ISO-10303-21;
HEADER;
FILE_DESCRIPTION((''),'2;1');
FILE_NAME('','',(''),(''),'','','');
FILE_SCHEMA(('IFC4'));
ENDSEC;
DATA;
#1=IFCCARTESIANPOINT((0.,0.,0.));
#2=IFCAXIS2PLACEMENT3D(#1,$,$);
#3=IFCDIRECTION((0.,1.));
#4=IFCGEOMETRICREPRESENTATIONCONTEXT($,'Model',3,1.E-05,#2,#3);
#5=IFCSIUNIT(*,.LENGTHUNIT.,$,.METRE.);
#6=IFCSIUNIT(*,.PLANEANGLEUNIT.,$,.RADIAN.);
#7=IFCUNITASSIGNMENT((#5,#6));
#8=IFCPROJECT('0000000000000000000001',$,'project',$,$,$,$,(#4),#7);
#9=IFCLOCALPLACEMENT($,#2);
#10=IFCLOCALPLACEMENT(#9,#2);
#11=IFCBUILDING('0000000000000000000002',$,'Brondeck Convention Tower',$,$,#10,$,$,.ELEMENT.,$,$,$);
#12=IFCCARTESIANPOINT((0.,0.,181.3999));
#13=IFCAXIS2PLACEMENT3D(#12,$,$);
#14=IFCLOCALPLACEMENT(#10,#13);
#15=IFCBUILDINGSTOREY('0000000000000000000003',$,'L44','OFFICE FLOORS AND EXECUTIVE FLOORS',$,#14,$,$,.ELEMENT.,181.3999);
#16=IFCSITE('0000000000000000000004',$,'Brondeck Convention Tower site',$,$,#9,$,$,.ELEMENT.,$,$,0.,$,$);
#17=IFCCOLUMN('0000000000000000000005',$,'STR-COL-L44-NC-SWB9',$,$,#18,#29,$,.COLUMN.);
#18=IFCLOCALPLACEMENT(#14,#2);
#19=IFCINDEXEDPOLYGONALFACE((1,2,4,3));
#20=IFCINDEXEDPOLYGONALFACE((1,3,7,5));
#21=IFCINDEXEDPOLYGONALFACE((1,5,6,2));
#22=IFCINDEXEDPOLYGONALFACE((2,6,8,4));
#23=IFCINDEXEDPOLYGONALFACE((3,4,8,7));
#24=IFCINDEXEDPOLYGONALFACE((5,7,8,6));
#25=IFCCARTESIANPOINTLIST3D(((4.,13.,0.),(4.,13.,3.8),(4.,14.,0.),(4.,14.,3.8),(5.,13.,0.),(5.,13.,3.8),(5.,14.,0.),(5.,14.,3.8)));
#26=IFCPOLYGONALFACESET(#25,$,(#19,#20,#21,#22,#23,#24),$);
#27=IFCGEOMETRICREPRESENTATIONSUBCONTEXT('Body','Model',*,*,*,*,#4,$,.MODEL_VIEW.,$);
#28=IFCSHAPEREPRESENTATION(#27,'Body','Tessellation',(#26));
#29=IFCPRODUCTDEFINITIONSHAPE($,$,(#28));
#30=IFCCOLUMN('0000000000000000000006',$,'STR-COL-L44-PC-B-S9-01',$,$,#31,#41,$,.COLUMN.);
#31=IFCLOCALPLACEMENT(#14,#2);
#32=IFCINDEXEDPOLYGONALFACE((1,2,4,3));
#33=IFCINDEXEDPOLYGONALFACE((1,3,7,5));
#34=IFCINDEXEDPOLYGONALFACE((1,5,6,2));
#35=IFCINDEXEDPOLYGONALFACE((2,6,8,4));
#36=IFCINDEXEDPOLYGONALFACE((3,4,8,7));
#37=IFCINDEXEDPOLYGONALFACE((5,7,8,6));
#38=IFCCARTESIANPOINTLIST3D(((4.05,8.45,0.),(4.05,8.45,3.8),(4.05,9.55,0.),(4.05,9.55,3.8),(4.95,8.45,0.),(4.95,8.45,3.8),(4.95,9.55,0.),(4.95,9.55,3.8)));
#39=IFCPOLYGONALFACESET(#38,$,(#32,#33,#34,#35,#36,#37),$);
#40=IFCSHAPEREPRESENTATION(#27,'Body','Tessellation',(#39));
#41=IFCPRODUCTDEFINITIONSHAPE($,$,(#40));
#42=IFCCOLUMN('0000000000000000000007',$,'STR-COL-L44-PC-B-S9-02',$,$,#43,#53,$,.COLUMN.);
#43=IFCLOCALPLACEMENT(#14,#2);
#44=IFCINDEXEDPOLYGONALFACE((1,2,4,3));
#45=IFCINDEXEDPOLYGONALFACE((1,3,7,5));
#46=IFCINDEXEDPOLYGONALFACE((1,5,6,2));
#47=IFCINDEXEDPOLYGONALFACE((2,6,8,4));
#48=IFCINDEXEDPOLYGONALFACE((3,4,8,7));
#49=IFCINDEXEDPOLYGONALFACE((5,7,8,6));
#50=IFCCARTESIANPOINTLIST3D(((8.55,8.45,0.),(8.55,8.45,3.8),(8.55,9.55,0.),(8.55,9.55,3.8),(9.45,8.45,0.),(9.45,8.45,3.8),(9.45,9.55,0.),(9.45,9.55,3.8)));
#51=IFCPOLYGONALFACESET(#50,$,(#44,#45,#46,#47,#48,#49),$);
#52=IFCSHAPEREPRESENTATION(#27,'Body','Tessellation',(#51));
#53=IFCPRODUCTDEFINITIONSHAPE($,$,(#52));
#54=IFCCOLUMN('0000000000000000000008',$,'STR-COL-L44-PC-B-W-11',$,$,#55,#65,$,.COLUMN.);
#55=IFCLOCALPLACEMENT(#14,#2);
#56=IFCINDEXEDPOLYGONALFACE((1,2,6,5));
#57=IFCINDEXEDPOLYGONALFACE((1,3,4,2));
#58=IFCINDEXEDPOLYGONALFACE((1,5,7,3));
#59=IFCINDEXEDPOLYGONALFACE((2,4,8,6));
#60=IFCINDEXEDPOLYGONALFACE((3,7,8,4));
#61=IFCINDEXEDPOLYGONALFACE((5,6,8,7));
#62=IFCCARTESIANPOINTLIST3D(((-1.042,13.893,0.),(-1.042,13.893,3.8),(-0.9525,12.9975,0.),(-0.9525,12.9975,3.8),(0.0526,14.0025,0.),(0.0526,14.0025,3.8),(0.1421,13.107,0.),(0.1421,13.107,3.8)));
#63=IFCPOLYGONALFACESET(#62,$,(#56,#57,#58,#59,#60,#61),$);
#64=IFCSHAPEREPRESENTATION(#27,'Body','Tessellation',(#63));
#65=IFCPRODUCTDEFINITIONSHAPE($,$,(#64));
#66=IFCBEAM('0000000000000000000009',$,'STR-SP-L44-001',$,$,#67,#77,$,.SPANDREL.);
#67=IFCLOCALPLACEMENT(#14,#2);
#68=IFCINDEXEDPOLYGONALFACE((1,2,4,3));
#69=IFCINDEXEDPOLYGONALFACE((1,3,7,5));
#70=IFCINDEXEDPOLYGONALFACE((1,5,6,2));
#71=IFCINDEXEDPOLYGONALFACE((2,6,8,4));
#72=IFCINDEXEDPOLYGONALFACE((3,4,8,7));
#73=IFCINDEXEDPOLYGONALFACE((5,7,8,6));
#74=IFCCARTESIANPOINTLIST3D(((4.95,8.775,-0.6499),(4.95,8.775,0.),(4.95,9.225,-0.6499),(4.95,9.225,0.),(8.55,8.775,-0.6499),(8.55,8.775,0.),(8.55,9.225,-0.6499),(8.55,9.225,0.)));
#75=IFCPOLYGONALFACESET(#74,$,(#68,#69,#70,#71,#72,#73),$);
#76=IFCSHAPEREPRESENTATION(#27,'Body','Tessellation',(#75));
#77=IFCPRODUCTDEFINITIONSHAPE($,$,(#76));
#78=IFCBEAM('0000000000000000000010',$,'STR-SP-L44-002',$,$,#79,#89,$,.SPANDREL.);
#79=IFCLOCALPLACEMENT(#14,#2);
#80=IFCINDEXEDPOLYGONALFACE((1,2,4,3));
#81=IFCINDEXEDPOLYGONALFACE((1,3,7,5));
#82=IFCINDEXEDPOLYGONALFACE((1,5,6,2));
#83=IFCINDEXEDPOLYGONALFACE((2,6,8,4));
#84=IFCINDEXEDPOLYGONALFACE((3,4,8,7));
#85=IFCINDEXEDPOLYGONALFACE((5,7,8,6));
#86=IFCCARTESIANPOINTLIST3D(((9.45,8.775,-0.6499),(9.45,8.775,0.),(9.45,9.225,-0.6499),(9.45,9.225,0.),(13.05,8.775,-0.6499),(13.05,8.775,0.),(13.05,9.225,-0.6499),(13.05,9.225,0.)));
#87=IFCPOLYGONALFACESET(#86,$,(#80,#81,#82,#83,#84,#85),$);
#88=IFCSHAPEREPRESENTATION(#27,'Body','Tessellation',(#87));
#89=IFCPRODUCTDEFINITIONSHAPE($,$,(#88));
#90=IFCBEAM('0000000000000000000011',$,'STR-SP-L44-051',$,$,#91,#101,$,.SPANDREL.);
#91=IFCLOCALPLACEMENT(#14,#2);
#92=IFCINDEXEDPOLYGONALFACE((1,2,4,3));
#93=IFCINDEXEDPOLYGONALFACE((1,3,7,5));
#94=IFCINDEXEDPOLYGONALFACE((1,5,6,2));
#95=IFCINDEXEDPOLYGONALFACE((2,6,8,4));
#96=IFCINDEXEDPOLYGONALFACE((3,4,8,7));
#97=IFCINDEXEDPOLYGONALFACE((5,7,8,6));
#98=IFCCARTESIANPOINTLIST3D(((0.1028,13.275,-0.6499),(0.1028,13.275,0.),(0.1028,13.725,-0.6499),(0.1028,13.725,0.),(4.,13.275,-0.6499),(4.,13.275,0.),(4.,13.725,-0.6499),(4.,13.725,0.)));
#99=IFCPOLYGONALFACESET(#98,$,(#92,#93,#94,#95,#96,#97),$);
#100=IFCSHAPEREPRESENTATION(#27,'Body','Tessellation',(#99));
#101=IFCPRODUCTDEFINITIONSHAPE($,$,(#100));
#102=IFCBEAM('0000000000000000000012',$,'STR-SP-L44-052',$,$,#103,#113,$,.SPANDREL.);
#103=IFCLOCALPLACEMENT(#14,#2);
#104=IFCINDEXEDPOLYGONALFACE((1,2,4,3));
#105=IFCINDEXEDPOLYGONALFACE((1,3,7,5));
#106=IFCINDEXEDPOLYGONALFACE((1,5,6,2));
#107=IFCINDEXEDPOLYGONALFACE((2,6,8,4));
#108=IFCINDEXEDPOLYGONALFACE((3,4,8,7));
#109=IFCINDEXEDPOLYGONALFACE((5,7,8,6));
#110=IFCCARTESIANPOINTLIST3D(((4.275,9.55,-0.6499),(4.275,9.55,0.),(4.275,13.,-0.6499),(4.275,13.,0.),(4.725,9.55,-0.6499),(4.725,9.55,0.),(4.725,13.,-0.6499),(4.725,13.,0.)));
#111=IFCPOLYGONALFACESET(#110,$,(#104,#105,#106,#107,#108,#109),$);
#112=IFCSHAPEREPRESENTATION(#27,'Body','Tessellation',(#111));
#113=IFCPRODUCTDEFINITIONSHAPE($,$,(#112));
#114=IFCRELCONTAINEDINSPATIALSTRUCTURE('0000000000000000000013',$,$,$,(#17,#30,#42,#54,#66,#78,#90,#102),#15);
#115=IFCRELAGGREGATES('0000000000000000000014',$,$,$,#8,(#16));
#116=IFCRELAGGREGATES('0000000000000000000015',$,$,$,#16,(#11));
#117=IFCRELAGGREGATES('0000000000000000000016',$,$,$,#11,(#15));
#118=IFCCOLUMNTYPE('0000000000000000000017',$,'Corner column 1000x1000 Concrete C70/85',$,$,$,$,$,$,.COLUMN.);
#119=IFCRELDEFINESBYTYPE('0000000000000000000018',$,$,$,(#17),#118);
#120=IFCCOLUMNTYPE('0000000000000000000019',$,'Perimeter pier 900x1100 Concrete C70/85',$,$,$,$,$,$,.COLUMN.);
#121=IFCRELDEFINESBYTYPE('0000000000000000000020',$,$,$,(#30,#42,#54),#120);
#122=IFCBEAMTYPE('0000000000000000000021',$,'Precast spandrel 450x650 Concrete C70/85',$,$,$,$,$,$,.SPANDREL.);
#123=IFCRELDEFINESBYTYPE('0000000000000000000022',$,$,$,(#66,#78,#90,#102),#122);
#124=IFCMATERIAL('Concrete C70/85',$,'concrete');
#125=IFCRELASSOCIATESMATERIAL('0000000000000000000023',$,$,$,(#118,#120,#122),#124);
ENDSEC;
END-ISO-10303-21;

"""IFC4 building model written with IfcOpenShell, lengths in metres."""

from ifc_helpers import new_model, si_unit, direction, frame, origin, origin_2d, place, context, subcontext, project, spatial, rectangle, extrude, material, material_profile, profile_set, type_object, element, save


model = new_model("IFC4")

# Units and contexts
model_context = context("Model", 3, precision=1e-05, world=origin(), true_north=direction((0.0, 1.0)))
body_context = subcontext(model_context, "Body", "Model", "MODEL_VIEW")
ifc_project = project(units=[si_unit("LENGTHUNIT", "METRE"), si_unit("PLANEANGLEUNIT", "RADIAN")], contexts=[model_context])

# Site, building, storey
site_placement = place(None, origin())
site = spatial("IfcSite", under=ifc_project, at=site_placement, Name="Brondeck Convention Tower site", CompositionType="ELEMENT", RefElevation=0.0)
building_placement = place(site_placement, origin())
building = spatial("IfcBuilding", under=site, at=building_placement, Name="Brondeck Convention Tower", CompositionType="ELEMENT")
storey_placement = place(building_placement, frame((0.0, 0.0, 181.3999)))
storey = spatial("IfcBuildingStorey", under=building, at=storey_placement, Name="L44", Description="OFFICE FLOORS AND EXECUTIVE FLOORS", CompositionType="ELEMENT", Elevation=181.3999)

# Columns
ifc_material_1 = material(Name="Concrete C70/85", Category="concrete")
ifc_material_profile_1 = material_profile(ifc_material_1, rectangle(XDim=1.0, YDim=1.0, at=origin_2d()), Name="Corner column 1000x1000 Concrete C70/85")
ifc_profile_set_1 = profile_set([ifc_material_profile_1], Name="Concrete C70/85")
column_type_1 = type_object("IfcColumnType", Name="Corner column 1000x1000 Concrete C70/85", PredefinedType="COLUMN", material=ifc_profile_set_1)
column_placement = place(storey_placement, frame((4.5, 13.5, 0.0), z_axis=(0.0, 0.0, 1.0), x_axis=(1.0, 0.0, 0.0)))
element("IfcColumn", 1, at=column_placement, inside=storey, type_object=column_type_1, Name="STR-COL-L44-NC-SWB9", PredefinedType="COLUMN", context=body_context, shape_type="SweptSolid", body=[
    extrude(rectangle(XDim=1.0, YDim=1.0, at=origin_2d()), origin(), (0.0, 0.0, 1.0), 3.8),
])
ifc_material_profile_2 = material_profile(ifc_material_1, rectangle(XDim=0.8999, YDim=1.1001, at=origin_2d()), Name="Perimeter pier 900x1100 Concrete C70/85")
ifc_profile_set_2 = profile_set([ifc_material_profile_2], Name="Concrete C70/85")
column_type_2 = type_object("IfcColumnType", Name="Perimeter pier 900x1100 Concrete C70/85", PredefinedType="COLUMN", material=ifc_profile_set_2)
for number, where, z_axis, x_axis, name in (
    (2, (4.5, 9.0, 0.0), (0.0, 0.0, 1.0), (1.0, 0.0, 0.0), "STR-COL-L44-PC-B-S9-01"),
    (3, (9.0, 9.0, 0.0), (0.0, 0.0, 1.0), (1.0, 0.0, 0.0), "STR-COL-L44-PC-B-S9-02"),
    (4, (-0.45, 13.5, 0.0), (0.0, 0.0, 1.0), (0.099504, -0.995037, 0.0), "STR-COL-L44-PC-B-W-11"),
):
    element("IfcColumn", number, at=place(storey_placement, frame(where, z_axis=z_axis, x_axis=x_axis)), inside=storey, type_object=column_type_2, Name=name, PredefinedType="COLUMN", context=body_context, shape_type="SweptSolid", body=[
        extrude(rectangle(XDim=0.8999, YDim=1.1001, at=origin_2d()), origin(), (0.0, 0.0, 1.0), 3.8),
    ])

# Beams
ifc_material_profile_3 = material_profile(ifc_material_1, rectangle(XDim=0.45, YDim=0.6499, at=origin_2d()), Name="Precast spandrel 450x650 Concrete C70/85")
ifc_profile_set_3 = profile_set([ifc_material_profile_3], Name="Concrete C70/85")
beam_type = type_object("IfcBeamType", Name="Precast spandrel 450x650 Concrete C70/85", PredefinedType="SPANDREL", material=ifc_profile_set_3)
for number, where, z_axis, x_axis, name in (
    (5, (4.95, 9.0, -0.325), (1.0, 0.0, 0.0), (0.0, 1.0, 0.0), "STR-SP-L44-001"),
    (6, (9.45, 9.0, -0.325), (1.0, 0.0, 0.0), (0.0, 1.0, 0.0), "STR-SP-L44-002"),
):
    element("IfcBeam", number, at=place(storey_placement, frame(where, z_axis=z_axis, x_axis=x_axis)), inside=storey, type_object=beam_type, Name=name, PredefinedType="SPANDREL", context=body_context, shape_type="SweptSolid", body=[
        extrude(rectangle(XDim=0.45, YDim=0.6499, at=origin_2d()), origin(), (0.0, 0.0, 1.0), 3.6001),
    ])
beam_1_placement = place(storey_placement, frame((0.1028, 13.5, -0.325), z_axis=(1.0, 0.0, 0.0), x_axis=(0.0, 1.0, 0.0)))
element("IfcBeam", 7, at=beam_1_placement, inside=storey, type_object=beam_type, Name="STR-SP-L44-051", PredefinedType="SPANDREL", context=body_context, shape_type="SweptSolid", body=[
    extrude(rectangle(XDim=0.45, YDim=0.6499, at=origin_2d()), origin(), (0.0, 0.0, 1.0), 3.8972),
])
beam_2_placement = place(storey_placement, frame((4.5, 13.0, -0.325), z_axis=(0.0, -1.0, 0.0), x_axis=(1.0, 0.0, 0.0)))
element("IfcBeam", 8, at=beam_2_placement, inside=storey, type_object=beam_type, Name="STR-SP-L44-052", PredefinedType="SPANDREL", context=body_context, shape_type="SweptSolid", body=[
    extrude(rectangle(XDim=0.45, YDim=0.6499, at=origin_2d()), origin(), (0.0, 0.0, 1.0), 3.45),
])

save(model, "model.ifc")
